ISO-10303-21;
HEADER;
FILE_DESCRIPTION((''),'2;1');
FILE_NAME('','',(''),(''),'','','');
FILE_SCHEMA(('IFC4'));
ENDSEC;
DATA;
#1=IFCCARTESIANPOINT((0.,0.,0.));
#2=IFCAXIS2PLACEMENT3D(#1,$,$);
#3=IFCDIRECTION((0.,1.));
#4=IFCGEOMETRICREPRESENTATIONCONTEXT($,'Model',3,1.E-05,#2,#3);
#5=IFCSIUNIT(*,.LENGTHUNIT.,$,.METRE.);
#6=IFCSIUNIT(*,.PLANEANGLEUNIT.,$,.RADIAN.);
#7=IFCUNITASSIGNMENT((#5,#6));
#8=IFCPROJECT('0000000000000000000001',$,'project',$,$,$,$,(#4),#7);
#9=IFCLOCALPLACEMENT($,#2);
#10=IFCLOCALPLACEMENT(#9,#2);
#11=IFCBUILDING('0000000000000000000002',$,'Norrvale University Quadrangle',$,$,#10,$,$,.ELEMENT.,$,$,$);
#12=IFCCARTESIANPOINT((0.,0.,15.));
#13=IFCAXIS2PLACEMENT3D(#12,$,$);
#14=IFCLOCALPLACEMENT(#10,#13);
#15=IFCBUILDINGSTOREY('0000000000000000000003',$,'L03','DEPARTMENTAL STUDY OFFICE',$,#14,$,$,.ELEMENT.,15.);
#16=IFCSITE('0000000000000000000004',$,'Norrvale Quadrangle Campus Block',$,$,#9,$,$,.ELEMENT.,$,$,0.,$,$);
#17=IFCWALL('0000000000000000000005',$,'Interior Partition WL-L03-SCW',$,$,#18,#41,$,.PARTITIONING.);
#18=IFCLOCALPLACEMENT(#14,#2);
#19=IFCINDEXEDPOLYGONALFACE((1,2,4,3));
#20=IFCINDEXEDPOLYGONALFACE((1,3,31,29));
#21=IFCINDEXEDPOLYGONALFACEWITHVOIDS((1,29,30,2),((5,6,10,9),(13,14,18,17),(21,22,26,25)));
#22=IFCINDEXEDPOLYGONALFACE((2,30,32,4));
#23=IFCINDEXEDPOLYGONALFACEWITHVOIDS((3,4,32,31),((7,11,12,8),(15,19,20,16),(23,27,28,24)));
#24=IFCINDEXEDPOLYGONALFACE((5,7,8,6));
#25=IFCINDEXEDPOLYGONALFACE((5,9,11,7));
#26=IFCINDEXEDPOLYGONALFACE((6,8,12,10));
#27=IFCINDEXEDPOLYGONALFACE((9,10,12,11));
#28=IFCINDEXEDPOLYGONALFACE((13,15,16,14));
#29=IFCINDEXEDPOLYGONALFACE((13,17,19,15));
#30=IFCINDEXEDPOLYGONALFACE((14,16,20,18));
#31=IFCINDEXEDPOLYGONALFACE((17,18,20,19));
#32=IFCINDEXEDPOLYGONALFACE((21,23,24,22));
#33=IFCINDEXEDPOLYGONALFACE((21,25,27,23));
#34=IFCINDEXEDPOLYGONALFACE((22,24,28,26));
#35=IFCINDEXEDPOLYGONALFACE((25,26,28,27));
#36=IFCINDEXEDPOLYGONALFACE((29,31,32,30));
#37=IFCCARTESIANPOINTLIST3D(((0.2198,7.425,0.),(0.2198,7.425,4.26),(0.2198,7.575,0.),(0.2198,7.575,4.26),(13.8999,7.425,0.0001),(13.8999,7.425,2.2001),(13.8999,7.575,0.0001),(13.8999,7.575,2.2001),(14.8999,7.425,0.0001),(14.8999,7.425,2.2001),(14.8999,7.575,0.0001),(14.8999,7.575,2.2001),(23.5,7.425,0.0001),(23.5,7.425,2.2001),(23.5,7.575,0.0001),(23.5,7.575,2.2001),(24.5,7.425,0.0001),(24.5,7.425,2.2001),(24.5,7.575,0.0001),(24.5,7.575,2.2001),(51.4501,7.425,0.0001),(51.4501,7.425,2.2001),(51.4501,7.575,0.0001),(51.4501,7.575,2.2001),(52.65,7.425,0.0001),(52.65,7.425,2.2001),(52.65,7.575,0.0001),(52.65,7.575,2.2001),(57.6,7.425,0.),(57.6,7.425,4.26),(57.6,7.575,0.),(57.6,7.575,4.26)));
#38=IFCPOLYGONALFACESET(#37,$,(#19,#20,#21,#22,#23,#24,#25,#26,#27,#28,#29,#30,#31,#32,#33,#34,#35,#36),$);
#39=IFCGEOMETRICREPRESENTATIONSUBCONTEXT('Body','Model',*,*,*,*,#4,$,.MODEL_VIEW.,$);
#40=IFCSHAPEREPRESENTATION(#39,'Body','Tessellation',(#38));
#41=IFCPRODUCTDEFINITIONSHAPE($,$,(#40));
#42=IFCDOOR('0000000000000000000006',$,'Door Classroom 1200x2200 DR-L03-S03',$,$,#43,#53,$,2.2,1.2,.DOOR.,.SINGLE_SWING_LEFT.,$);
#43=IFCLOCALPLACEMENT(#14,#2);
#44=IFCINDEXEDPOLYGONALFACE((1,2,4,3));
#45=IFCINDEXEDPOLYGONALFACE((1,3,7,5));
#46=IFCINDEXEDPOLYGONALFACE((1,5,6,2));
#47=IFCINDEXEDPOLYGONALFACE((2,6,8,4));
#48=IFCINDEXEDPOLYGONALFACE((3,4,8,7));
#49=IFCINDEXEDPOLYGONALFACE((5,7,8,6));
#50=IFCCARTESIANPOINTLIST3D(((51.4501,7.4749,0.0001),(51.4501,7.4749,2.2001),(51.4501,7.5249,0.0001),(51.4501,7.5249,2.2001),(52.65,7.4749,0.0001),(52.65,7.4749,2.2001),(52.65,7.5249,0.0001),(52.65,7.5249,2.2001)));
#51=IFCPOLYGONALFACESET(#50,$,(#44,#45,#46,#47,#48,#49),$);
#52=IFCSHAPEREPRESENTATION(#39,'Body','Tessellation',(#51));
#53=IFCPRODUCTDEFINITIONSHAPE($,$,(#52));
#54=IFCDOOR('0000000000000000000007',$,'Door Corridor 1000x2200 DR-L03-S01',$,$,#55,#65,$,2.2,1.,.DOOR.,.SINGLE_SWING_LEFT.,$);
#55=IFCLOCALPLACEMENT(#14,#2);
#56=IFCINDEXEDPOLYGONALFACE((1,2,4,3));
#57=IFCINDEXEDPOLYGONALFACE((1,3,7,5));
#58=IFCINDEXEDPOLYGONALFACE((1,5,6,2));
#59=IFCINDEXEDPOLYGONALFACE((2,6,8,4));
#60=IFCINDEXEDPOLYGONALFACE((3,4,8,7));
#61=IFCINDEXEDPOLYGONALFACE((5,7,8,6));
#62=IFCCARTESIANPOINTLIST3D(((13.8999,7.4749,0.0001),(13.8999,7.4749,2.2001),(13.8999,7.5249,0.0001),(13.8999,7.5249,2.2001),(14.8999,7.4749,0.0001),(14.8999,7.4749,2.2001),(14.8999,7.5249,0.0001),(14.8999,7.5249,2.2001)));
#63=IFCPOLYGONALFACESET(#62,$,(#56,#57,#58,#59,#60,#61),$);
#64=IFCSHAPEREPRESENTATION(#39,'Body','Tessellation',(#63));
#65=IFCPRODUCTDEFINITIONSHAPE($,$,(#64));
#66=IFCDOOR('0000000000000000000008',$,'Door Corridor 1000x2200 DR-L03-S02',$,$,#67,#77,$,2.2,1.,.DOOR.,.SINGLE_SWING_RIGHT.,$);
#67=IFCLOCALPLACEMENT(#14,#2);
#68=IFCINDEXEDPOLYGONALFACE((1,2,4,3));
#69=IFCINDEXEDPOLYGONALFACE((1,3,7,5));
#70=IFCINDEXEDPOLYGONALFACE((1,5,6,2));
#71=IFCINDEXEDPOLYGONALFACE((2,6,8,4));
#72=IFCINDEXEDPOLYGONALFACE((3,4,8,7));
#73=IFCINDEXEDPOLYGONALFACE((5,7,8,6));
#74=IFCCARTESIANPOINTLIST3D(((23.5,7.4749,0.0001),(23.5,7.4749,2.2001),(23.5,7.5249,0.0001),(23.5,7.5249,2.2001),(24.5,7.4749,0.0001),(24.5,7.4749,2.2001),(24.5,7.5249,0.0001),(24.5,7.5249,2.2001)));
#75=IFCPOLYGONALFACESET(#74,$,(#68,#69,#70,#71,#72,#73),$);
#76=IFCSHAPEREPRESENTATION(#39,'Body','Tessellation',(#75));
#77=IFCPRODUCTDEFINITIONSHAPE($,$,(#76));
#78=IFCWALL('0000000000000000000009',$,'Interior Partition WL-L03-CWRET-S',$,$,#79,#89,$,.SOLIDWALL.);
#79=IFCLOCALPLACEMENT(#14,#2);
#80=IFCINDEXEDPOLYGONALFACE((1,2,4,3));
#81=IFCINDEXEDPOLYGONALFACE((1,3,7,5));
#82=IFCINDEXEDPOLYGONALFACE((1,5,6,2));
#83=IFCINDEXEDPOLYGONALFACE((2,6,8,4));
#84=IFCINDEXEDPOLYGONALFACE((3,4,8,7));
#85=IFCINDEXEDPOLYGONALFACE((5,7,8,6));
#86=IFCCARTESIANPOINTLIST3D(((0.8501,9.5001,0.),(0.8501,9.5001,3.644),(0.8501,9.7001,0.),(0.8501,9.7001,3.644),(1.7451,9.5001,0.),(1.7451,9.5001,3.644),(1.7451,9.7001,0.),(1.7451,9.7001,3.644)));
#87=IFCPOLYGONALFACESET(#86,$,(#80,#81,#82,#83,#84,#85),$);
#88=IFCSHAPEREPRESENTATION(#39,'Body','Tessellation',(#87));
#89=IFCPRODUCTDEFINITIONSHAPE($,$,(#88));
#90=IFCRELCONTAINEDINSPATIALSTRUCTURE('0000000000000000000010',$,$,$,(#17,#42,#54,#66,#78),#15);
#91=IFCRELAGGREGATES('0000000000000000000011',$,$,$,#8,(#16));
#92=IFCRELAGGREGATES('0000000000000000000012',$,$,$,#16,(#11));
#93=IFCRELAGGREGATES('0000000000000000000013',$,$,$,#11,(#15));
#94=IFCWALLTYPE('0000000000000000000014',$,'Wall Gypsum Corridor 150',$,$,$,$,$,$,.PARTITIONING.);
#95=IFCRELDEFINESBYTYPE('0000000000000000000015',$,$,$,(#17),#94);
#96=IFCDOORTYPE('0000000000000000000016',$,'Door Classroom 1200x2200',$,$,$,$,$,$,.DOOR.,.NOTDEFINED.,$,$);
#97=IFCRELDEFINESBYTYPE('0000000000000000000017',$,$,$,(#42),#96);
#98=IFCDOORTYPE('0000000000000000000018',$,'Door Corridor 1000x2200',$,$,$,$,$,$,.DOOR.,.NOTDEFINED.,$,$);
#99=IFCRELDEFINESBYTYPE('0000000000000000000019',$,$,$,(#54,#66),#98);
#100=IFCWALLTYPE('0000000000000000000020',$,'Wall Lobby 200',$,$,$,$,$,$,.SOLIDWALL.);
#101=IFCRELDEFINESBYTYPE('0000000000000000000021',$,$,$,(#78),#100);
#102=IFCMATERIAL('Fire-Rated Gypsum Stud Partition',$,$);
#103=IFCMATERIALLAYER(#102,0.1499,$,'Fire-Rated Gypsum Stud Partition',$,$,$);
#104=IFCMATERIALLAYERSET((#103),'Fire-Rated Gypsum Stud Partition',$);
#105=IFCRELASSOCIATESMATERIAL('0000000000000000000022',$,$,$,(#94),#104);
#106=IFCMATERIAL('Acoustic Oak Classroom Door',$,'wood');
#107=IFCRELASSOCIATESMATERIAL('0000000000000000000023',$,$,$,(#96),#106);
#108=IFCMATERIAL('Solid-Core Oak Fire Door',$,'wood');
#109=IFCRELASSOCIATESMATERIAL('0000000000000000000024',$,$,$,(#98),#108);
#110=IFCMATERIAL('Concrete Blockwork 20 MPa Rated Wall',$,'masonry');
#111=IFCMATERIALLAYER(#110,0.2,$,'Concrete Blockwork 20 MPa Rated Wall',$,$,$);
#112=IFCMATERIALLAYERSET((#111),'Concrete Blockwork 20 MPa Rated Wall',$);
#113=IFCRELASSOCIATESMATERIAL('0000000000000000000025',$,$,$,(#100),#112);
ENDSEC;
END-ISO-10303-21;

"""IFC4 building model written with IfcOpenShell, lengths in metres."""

from ifc_helpers import new_model, si_unit, direction, frame, frame_2d, origin, place, context, subcontext, project, spatial, rectangle, extrude, material, layer, layer_set, type_object, element, fill, save


model = new_model("IFC4")

# Units and contexts
model_context = context("Model", 3, precision=1e-05, world=origin(), true_north=direction((0.0, 1.0)))
body_context = subcontext(model_context, "Body", "Model", "MODEL_VIEW")
ifc_project = project(units=[si_unit("LENGTHUNIT", "METRE"), si_unit("PLANEANGLEUNIT", "RADIAN")], contexts=[model_context])

# Site, building, storey
site_placement = place(None, origin())
site = spatial("IfcSite", under=ifc_project, at=site_placement, Name="Norrvale Quadrangle Campus Block", CompositionType="ELEMENT", RefElevation=0.0)
building_placement = place(site_placement, origin())
building = spatial("IfcBuilding", under=site, at=building_placement, Name="Norrvale University Quadrangle", CompositionType="ELEMENT")
storey_placement = place(building_placement, frame((0.0, 0.0, 15.0)))
storey = spatial("IfcBuildingStorey", under=building, at=storey_placement, Name="L03", Description="DEPARTMENTAL STUDY OFFICE", CompositionType="ELEMENT", Elevation=15.0)

# Wall, openings, doors
ifc_material_1 = material(Name="Fire-Rated Gypsum Stud Partition")
ifc_layer_1 = layer(ifc_material_1, 0.1499, Name="Fire-Rated Gypsum Stud Partition")
ifc_layer_set_1 = layer_set([ifc_layer_1], Name="Fire-Rated Gypsum Stud Partition")
wall_type_1 = type_object("IfcWallType", Name="Wall Gypsum Corridor 150", PredefinedType="PARTITIONING", material=ifc_layer_set_1)
wall_1_placement = place(storey_placement, frame((0.22, 7.5, 0.0), z_axis=(0.0, 0.0, 1.0), x_axis=(1.0, 0.0, 0.0)))
wall_1 = element("IfcWall", 1, at=wall_1_placement, inside=storey, type_object=wall_type_1, Name="Interior Partition WL-L03-SCW", PredefinedType="PARTITIONING", context=body_context, shape_type="SweptSolid", body=[
    extrude(rectangle(XDim=57.3801, YDim=0.1499, at=frame_2d((28.6899, 0.0))), origin(), (0.0, 0.0, 1.0), 4.26),
])
opening_1_placement = place(wall_1_placement, frame((13.6799, 0.0, 0.0)))
opening_1 = element("IfcOpeningElement", 2, at=opening_1_placement, cuts=wall_1, PredefinedType="OPENING", context=body_context, shape_type="SweptSolid", body=[
    extrude(rectangle(XDim=1.0, YDim=2.2, at=frame_2d((0.5, 1.1001))), frame((0.0, 0.0869, 0.0), z_axis=(0.0, -1.0, 0.0), x_axis=(1.0, 0.0, 0.0)), (0.0, 0.0, 1.0), 0.1738),
])
opening_2_placement = place(wall_1_placement, frame((23.28, 0.0, 0.0)))
opening_2 = element("IfcOpeningElement", 3, at=opening_2_placement, cuts=wall_1, PredefinedType="OPENING", context=body_context, shape_type="SweptSolid", body=[
    extrude(rectangle(XDim=1.0, YDim=2.2, at=frame_2d((0.5, 1.1001))), frame((0.0, 0.0869, 0.0), z_axis=(0.0, -1.0, 0.0), x_axis=(1.0, 0.0, 0.0)), (0.0, 0.0, 1.0), 0.1738),
])
opening_3_placement = place(wall_1_placement, frame((51.23, 0.0, 0.0)))
opening_3 = element("IfcOpeningElement", 4, at=opening_3_placement, cuts=wall_1, PredefinedType="OPENING", context=body_context, shape_type="SweptSolid", body=[
    extrude(rectangle(XDim=1.2, YDim=2.2, at=frame_2d((0.6001, 1.1001))), frame((0.0, 0.0869, 0.0), z_axis=(0.0, -1.0, 0.0), x_axis=(1.0, 0.0, 0.0)), (0.0, 0.0, 1.0), 0.1738),
])
ifc_material_2 = material(Name="Acoustic Oak Classroom Door", Category="wood")
door_type_1 = type_object("IfcDoorType", Name="Door Classroom 1200x2200", OperationType="NOTDEFINED", PredefinedType="DOOR", material=ifc_material_2)
door_1_placement = place(opening_3_placement, origin())
door_1 = element("IfcDoor", 5, at=door_1_placement, inside=storey, type_object=door_type_1, Name="Door Classroom 1200x2200 DR-L03-S03", OperationType="SINGLE_SWING_LEFT", OverallHeight=2.2, OverallWidth=1.2, PredefinedType="DOOR", context=body_context, shape_type="SweptSolid", body=[
    extrude(rectangle(XDim=1.2, YDim=2.2, at=frame_2d((0.6001, 1.1001))), frame((0.0, 0.0249, 0.0), z_axis=(0.0, -1.0, 0.0), x_axis=(1.0, 0.0, 0.0)), (0.0, 0.0, 1.0), 0.05),
])
fill(opening_3, door_1)
ifc_material_3 = material(Name="Solid-Core Oak Fire Door", Category="wood")
door_type_2 = type_object("IfcDoorType", Name="Door Corridor 1000x2200", OperationType="NOTDEFINED", PredefinedType="DOOR", material=ifc_material_3)
door_2_placement = place(opening_1_placement, origin())
door_2 = element("IfcDoor", 6, at=door_2_placement, inside=storey, type_object=door_type_2, Name="Door Corridor 1000x2200 DR-L03-S01", OperationType="SINGLE_SWING_LEFT", OverallHeight=2.2, OverallWidth=1.0, PredefinedType="DOOR", context=body_context, shape_type="SweptSolid", body=[
    extrude(rectangle(XDim=1.0, YDim=2.2, at=frame_2d((0.5, 1.1001))), frame((0.0, 0.0249, 0.0), z_axis=(0.0, -1.0, 0.0), x_axis=(1.0, 0.0, 0.0)), (0.0, 0.0, 1.0), 0.05),
])
fill(opening_1, door_2)
door_3_placement = place(opening_2_placement, origin())
door_3 = element("IfcDoor", 7, at=door_3_placement, inside=storey, type_object=door_type_2, Name="Door Corridor 1000x2200 DR-L03-S02", OperationType="SINGLE_SWING_RIGHT", OverallHeight=2.2, OverallWidth=1.0, PredefinedType="DOOR", context=body_context, shape_type="SweptSolid", body=[
    extrude(rectangle(XDim=1.0, YDim=2.2, at=frame_2d((0.5, 1.1001))), frame((0.0, 0.0249, 0.0), z_axis=(0.0, -1.0, 0.0), x_axis=(1.0, 0.0, 0.0)), (0.0, 0.0, 1.0), 0.05),
])
fill(opening_2, door_3)

# Wall
ifc_material_4 = material(Name="Concrete Blockwork 20 MPa Rated Wall", Category="masonry")
ifc_layer_2 = layer(ifc_material_4, 0.2, Name="Concrete Blockwork 20 MPa Rated Wall")
ifc_layer_set_2 = layer_set([ifc_layer_2], Name="Concrete Blockwork 20 MPa Rated Wall")
wall_type_2 = type_object("IfcWallType", Name="Wall Lobby 200", PredefinedType="SOLIDWALL", material=ifc_layer_set_2)
wall_2_placement = place(storey_placement, frame((0.8501, 9.6001, 0.0), z_axis=(0.0, 0.0, 1.0), x_axis=(1.0, 0.0, 0.0)))
element("IfcWall", 8, at=wall_2_placement, inside=storey, type_object=wall_type_2, Name="Interior Partition WL-L03-CWRET-S", PredefinedType="SOLIDWALL", context=body_context, shape_type="SweptSolid", body=[
    extrude(rectangle(XDim=0.895, YDim=0.2, at=frame_2d((0.4475, 0.0))), origin(), (0.0, 0.0, 1.0), 3.644),
])

save(model, "model.ifc")
